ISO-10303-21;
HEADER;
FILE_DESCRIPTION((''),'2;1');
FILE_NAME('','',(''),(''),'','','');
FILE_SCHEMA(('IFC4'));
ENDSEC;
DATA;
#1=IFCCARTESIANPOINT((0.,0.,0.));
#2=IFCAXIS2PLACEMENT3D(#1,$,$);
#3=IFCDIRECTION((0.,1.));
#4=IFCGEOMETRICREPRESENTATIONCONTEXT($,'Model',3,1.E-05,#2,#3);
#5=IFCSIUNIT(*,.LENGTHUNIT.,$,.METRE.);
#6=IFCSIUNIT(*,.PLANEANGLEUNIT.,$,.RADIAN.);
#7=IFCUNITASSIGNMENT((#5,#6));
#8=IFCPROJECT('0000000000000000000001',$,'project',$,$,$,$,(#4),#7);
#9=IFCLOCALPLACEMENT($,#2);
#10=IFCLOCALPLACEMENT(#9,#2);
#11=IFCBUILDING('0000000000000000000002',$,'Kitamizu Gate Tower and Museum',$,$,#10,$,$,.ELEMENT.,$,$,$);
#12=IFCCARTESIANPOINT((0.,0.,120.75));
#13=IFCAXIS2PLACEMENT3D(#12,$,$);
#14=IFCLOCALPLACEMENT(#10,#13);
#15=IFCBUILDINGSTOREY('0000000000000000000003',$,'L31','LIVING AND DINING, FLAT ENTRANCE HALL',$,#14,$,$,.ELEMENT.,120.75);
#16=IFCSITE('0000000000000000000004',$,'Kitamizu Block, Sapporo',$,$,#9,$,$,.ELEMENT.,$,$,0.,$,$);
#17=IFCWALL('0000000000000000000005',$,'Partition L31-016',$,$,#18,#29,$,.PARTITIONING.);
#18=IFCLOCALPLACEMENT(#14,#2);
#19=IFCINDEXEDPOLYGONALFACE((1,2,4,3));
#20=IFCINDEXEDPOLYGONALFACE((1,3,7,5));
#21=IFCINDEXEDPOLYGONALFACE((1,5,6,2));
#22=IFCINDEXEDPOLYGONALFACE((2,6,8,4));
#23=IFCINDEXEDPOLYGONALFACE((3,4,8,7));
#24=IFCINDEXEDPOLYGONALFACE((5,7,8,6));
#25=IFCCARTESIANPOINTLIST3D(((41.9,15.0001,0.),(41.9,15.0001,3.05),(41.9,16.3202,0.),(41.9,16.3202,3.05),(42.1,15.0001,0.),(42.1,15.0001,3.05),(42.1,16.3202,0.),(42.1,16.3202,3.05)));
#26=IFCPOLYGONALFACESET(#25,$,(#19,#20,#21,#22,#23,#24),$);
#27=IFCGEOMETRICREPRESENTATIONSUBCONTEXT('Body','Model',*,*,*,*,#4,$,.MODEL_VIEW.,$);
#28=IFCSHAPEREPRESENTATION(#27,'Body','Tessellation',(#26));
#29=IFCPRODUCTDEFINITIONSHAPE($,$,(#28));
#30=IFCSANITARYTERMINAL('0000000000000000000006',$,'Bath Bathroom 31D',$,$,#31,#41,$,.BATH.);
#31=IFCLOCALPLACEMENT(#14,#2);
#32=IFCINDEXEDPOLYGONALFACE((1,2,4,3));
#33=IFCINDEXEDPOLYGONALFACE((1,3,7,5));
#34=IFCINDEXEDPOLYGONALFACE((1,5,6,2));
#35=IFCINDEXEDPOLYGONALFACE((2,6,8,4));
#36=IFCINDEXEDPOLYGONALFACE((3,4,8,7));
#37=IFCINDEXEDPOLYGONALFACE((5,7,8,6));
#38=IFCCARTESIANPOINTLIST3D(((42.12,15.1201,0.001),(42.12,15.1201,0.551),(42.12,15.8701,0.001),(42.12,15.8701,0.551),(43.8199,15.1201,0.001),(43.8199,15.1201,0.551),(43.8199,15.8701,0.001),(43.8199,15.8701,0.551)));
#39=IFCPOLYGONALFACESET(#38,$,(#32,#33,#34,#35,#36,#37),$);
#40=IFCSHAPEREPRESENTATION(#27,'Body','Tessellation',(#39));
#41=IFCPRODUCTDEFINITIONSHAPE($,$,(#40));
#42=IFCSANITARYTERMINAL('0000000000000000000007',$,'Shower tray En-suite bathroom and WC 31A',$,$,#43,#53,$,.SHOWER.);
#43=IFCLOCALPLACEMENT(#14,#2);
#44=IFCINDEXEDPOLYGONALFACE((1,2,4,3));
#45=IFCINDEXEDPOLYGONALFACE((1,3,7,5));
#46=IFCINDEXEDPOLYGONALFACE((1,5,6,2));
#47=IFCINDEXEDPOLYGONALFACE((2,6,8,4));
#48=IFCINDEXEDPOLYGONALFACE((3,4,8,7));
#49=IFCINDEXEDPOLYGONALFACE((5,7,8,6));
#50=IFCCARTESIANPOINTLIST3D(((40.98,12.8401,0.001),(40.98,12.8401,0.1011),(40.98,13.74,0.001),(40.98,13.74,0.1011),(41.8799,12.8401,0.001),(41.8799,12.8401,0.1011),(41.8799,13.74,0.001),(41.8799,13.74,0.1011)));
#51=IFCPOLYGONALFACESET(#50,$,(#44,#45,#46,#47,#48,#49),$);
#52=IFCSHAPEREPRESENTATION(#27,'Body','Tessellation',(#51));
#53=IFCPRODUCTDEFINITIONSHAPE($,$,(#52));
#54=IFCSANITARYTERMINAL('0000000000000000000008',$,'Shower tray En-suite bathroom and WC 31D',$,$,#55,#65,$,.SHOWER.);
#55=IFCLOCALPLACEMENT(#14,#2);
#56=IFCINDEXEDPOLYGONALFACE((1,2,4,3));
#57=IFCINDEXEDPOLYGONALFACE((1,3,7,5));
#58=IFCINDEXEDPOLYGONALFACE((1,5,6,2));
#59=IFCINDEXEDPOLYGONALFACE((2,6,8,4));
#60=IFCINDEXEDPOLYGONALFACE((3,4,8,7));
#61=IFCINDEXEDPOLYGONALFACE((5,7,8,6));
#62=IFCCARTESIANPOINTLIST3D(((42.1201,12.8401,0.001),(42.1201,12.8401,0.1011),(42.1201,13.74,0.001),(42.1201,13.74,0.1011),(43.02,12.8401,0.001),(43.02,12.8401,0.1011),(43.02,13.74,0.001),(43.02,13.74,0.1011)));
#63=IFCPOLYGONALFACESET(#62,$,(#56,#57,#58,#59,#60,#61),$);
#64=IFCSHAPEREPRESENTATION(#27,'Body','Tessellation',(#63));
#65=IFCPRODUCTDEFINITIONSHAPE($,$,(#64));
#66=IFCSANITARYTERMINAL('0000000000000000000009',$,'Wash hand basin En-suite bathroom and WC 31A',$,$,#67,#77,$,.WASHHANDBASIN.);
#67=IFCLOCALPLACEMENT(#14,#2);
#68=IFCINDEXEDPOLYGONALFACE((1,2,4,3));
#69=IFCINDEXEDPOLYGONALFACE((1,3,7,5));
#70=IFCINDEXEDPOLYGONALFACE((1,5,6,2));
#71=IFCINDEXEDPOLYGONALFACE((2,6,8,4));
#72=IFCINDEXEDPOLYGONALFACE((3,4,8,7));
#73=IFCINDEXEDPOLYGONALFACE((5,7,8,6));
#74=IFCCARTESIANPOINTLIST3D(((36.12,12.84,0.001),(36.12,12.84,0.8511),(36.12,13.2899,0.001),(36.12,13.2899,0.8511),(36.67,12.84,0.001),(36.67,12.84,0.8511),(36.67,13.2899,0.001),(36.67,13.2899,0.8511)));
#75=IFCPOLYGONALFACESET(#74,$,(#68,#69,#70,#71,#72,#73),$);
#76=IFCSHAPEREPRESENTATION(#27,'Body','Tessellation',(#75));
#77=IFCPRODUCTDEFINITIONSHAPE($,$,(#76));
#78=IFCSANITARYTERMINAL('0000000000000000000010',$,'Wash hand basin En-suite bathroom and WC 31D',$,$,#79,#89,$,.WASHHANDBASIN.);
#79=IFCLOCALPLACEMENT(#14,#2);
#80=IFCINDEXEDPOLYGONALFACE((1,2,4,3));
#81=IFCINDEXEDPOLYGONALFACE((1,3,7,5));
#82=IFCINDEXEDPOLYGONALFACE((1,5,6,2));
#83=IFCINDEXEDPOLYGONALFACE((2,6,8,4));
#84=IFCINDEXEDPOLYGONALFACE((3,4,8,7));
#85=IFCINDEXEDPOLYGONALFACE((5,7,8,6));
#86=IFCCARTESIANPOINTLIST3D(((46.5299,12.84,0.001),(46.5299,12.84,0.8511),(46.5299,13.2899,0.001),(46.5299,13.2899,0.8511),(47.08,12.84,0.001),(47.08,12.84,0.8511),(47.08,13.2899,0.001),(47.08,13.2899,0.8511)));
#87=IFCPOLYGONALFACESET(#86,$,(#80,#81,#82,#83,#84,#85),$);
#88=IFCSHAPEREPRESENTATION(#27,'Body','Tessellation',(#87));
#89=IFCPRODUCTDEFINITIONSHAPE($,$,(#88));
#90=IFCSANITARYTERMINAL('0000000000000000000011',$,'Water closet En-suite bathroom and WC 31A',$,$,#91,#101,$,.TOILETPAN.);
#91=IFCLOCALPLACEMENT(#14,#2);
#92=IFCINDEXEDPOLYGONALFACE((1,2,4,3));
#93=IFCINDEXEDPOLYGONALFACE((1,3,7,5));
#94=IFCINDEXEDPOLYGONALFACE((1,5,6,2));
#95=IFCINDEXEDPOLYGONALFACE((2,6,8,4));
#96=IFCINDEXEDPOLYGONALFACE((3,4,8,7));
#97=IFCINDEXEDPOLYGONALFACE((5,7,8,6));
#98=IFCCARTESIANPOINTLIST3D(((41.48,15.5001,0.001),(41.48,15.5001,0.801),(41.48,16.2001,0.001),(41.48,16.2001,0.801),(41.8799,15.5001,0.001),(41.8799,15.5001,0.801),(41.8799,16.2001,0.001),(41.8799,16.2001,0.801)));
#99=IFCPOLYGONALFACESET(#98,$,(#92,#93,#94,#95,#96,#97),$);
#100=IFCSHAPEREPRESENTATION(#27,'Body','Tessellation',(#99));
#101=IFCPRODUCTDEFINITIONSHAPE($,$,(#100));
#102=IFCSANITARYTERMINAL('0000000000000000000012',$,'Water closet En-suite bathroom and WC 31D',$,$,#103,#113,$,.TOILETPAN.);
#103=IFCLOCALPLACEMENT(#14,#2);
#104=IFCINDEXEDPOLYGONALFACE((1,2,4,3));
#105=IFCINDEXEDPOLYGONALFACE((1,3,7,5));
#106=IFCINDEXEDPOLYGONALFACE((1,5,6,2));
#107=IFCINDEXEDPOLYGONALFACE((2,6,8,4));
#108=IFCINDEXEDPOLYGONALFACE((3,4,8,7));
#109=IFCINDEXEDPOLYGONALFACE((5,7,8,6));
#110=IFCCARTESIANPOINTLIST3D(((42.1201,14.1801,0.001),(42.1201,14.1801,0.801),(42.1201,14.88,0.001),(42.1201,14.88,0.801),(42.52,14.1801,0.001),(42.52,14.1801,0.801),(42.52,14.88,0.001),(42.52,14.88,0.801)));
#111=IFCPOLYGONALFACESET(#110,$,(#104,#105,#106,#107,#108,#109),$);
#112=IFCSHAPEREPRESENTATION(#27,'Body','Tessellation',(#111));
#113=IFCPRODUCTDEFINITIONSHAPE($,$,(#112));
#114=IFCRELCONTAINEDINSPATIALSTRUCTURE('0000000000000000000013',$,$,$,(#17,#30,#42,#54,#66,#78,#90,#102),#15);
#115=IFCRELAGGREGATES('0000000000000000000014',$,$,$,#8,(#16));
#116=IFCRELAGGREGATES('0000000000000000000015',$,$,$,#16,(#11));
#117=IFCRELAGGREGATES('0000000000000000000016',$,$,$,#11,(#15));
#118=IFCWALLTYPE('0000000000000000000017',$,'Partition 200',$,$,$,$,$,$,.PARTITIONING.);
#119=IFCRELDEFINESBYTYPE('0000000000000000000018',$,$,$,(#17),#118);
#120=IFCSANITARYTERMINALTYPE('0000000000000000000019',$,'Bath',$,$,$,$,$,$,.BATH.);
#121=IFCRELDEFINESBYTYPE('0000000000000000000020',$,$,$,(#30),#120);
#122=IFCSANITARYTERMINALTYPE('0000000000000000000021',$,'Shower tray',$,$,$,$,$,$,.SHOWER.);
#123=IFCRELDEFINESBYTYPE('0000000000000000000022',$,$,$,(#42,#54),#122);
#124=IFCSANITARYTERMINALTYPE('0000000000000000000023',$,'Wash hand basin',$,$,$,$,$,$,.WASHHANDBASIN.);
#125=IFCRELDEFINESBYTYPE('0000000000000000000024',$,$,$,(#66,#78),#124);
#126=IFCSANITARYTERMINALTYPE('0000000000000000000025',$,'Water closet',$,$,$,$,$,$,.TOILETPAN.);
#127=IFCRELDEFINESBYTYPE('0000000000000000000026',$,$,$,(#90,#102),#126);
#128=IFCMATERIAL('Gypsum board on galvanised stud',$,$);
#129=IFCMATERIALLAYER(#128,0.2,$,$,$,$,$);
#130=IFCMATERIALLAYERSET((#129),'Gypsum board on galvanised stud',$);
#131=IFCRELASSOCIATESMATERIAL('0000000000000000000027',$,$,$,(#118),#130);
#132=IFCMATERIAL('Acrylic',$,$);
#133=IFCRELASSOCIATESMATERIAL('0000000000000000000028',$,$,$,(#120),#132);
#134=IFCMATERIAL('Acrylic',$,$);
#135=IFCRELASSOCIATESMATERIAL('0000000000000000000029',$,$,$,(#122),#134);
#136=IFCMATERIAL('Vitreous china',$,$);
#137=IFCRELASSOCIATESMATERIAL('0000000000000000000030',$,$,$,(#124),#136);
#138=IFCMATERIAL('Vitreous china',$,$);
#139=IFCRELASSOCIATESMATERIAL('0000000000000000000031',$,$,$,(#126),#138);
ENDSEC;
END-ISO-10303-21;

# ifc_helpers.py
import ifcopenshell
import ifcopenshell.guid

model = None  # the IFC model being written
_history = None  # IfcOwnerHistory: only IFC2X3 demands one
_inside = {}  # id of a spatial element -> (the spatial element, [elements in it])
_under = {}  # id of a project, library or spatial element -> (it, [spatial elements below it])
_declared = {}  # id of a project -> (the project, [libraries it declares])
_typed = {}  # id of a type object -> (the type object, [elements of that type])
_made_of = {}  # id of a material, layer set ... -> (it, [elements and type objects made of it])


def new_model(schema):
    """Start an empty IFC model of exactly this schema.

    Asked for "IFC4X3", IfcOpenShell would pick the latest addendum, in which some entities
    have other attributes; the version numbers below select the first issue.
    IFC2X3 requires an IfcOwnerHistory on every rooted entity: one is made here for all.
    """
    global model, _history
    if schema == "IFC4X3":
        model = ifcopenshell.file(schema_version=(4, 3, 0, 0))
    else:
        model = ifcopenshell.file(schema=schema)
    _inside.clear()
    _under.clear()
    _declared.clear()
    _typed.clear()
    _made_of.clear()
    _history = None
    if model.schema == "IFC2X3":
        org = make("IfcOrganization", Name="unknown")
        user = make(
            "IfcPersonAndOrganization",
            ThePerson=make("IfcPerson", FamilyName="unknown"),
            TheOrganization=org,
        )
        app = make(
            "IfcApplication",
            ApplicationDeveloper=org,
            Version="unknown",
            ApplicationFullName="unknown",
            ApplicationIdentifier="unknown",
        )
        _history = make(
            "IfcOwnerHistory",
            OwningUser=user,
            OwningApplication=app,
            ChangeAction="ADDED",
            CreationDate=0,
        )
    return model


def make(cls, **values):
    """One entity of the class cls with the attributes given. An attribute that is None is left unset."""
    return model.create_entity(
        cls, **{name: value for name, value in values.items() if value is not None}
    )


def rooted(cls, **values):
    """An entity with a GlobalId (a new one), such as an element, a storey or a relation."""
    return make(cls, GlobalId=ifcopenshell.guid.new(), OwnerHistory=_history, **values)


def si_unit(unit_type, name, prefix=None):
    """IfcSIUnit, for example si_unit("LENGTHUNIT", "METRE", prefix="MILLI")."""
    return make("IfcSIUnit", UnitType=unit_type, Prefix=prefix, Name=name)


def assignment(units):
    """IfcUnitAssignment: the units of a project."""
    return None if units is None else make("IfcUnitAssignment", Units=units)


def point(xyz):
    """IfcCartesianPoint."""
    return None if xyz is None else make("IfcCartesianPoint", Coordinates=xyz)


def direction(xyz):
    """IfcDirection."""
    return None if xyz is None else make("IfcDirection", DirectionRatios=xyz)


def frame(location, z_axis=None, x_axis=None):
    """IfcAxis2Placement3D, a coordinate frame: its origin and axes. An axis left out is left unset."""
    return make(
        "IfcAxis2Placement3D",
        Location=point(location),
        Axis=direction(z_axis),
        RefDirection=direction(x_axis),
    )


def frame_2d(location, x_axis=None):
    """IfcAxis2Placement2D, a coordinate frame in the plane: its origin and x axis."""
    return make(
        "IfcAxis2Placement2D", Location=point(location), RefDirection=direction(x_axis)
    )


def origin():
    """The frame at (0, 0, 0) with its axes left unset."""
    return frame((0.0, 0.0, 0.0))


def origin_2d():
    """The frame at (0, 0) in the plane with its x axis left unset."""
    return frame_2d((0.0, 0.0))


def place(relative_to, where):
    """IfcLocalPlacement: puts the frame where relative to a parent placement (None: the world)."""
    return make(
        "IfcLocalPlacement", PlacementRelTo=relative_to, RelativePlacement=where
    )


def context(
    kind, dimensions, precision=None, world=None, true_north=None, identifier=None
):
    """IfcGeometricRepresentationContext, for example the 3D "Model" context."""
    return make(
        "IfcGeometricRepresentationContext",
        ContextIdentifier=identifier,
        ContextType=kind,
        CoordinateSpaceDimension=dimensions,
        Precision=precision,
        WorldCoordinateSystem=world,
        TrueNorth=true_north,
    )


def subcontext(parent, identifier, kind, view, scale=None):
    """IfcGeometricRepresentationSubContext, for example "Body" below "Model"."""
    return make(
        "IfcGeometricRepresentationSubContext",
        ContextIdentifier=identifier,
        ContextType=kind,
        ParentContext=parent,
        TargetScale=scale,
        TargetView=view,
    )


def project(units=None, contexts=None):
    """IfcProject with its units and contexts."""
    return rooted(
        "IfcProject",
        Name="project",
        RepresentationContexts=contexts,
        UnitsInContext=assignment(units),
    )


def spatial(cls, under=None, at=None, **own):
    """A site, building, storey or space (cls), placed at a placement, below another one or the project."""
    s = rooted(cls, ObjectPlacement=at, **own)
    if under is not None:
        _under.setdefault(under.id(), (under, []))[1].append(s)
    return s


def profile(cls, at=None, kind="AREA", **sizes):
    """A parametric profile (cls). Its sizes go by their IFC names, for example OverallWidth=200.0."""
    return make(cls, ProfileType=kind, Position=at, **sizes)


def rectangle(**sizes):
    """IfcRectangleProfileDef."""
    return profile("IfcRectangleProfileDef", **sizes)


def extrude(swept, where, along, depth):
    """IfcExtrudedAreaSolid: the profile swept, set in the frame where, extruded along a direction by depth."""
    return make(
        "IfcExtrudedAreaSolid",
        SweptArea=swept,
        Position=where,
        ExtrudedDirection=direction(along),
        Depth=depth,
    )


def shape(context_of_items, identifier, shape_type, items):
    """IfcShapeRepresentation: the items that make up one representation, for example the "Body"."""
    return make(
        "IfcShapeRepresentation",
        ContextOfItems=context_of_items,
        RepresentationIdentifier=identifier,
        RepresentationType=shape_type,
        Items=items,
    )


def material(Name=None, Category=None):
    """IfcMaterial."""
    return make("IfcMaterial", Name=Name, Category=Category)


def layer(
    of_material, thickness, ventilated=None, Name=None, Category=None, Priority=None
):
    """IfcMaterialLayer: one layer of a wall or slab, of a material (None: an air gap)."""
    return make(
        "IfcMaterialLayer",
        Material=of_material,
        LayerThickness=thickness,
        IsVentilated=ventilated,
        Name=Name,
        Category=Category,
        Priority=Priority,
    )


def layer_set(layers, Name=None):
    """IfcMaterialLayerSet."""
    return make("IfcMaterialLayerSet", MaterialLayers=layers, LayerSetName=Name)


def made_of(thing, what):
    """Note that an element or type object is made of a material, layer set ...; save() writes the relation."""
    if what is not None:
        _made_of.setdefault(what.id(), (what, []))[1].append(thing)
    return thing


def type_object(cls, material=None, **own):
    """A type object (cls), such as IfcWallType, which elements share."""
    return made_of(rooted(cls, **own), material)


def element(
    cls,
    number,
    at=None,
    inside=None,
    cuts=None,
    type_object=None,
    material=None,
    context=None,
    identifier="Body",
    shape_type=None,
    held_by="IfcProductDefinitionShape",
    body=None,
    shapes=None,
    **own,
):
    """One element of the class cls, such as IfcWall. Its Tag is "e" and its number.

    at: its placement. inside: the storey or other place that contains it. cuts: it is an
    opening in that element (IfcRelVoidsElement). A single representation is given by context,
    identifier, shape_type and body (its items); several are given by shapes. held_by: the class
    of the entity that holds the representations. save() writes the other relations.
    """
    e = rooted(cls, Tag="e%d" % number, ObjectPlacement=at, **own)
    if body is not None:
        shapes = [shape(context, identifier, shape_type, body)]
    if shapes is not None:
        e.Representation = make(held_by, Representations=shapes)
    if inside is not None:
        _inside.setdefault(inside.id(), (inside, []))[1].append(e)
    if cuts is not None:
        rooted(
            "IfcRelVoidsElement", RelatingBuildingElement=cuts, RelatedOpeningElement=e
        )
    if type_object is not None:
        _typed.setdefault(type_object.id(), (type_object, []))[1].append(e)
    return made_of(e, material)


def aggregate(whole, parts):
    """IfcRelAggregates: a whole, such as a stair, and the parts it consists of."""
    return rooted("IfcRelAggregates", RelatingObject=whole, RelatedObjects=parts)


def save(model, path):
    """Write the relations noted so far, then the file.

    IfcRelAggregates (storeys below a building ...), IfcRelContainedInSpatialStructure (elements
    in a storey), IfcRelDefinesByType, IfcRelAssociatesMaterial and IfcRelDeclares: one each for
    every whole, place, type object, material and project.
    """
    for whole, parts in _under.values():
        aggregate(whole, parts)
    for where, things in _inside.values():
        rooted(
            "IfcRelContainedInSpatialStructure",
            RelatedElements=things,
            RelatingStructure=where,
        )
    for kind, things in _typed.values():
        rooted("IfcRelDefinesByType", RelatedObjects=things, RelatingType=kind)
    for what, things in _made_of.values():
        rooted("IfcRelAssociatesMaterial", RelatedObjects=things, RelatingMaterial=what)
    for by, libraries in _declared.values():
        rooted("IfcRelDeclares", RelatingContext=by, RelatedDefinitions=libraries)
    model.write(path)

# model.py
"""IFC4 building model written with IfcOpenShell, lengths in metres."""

from ifc_helpers import new_model, si_unit, direction, frame, frame_2d, origin, origin_2d, place, context, subcontext, project, spatial, rectangle, extrude, material, layer, layer_set, type_object, element, save


model = new_model("IFC4")

# Units and contexts
model_context = context("Model", 3, precision=1e-05, world=origin(), true_north=direction((0.0, 1.0)))
body_context = subcontext(model_context, "Body", "Model", "MODEL_VIEW")
ifc_project = project(units=[si_unit("LENGTHUNIT", "METRE"), si_unit("PLANEANGLEUNIT", "RADIAN")], contexts=[model_context])

# Site, building, storey
site_placement = place(None, origin())
site = spatial("IfcSite", under=ifc_project, at=site_placement, Name="Kitamizu Block, Sapporo", CompositionType="ELEMENT", RefElevation=0.0)
building_placement = place(site_placement, origin())
building = spatial("IfcBuilding", under=site, at=building_placement, Name="Kitamizu Gate Tower and Museum", CompositionType="ELEMENT")
storey_placement = place(building_placement, frame((0.0, 0.0, 120.75)))
storey = spatial("IfcBuildingStorey", under=building, at=storey_placement, Name="L31", Description="LIVING AND DINING, FLAT ENTRANCE HALL", CompositionType="ELEMENT", Elevation=120.75)

# Wall
ifc_material_1 = material(Name="Gypsum board on galvanised stud")
ifc_layer_1 = layer(ifc_material_1, 0.2)
ifc_layer_set_1 = layer_set([ifc_layer_1], Name="Gypsum board on galvanised stud")
wall_type_1 = type_object("IfcWallType", Name="Partition 200", PredefinedType="PARTITIONING", material=ifc_layer_set_1)
wall_1_placement = place(storey_placement, frame((42.0, 15.0, 0.0), z_axis=(0.0, 0.0, 1.0), x_axis=(0.0, 1.0, 0.0)))
element("IfcWall", 1, at=wall_1_placement, inside=storey, type_object=wall_type_1, Name="Partition L31-016", PredefinedType="PARTITIONING", context=body_context, shape_type="SweptSolid", body=[
    extrude(rectangle(XDim=1.3201, YDim=0.2, at=frame_2d((0.6602, 0.0))), origin(), (0.0, 0.0, 1.0), 3.05),
])

# Sanitary terminals
ifc_material_2 = material(Name="Acrylic")
sanitary_terminal_type_1 = type_object("IfcSanitaryTerminalType", Name="Bath", PredefinedType="BATH", material=ifc_material_2)
sanitary_terminal_placement = place(storey_placement, frame((42.97, 15.4951, 0.001), z_axis=(0.0, 0.0, 1.0), x_axis=(1.0, 0.0, 0.0)))
element("IfcSanitaryTerminal", 2, at=sanitary_terminal_placement, inside=storey, type_object=sanitary_terminal_type_1, Name="Bath Bathroom 31D", PredefinedType="BATH", context=body_context, shape_type="SweptSolid", body=[
    extrude(rectangle(XDim=1.7, YDim=0.75, at=origin_2d()), origin(), (0.0, 0.0, 1.0), 0.55),
])
ifc_material_3 = material(Name="Acrylic")
sanitary_terminal_type_2 = type_object("IfcSanitaryTerminalType", Name="Shower tray", PredefinedType="SHOWER", material=ifc_material_3)
for number, where, z_axis, x_axis, name in (
    (3, (41.4299, 13.29, 0.001), (0.0, 0.0, 1.0), (1.0, 0.0, 0.0), "Shower tray En-suite bathroom and WC 31A"),
    (4, (42.5701, 13.29, 0.001), (0.0, 0.0, 1.0), (1.0, 0.0, 0.0), "Shower tray En-suite bathroom and WC 31D"),
):
    element("IfcSanitaryTerminal", number, at=place(storey_placement, frame(where, z_axis=z_axis, x_axis=x_axis)), inside=storey, type_object=sanitary_terminal_type_2, Name=name, PredefinedType="SHOWER", context=body_context, shape_type="SweptSolid", body=[
        extrude(rectangle(XDim=0.8999, YDim=0.8999, at=origin_2d()), origin(), (0.0, 0.0, 1.0), 0.1001),
    ])
ifc_material_4 = material(Name="Vitreous china")
sanitary_terminal_type_3 = type_object("IfcSanitaryTerminalType", Name="Wash hand basin", PredefinedType="WASHHANDBASIN", material=ifc_material_4)
for number, where, z_axis, x_axis, name in (
    (5, (36.395, 13.0649, 0.001), (0.0, 0.0, 1.0), (1.0, 0.0, 0.0), "Wash hand basin En-suite bathroom and WC 31A"),
    (6, (46.8049, 13.0649, 0.001), (0.0, 0.0, 1.0), (1.0, 0.0, 0.0), "Wash hand basin En-suite bathroom and WC 31D"),
):
    element("IfcSanitaryTerminal", number, at=place(storey_placement, frame(where, z_axis=z_axis, x_axis=x_axis)), inside=storey, type_object=sanitary_terminal_type_3, Name=name, PredefinedType="WASHHANDBASIN", context=body_context, shape_type="SweptSolid", body=[
        extrude(rectangle(XDim=0.55, YDim=0.45, at=origin_2d()), origin(), (0.0, 0.0, 1.0), 0.8501),
    ])
ifc_material_5 = material(Name="Vitreous china")
sanitary_terminal_type_4 = type_object("IfcSanitaryTerminalType", Name="Water closet", PredefinedType="TOILETPAN", material=ifc_material_5)
for number, where, z_axis, x_axis, name in (
    (7, (41.6799, 15.8501, 0.001), (0.0, 0.0, 1.0), (1.0, 0.0, 0.0), "Water closet En-suite bathroom and WC 31A"),
    (8, (42.3201, 14.53, 0.001), (0.0, 0.0, 1.0), (1.0, 0.0, 0.0), "Water closet En-suite bathroom and WC 31D"),
):
    element("IfcSanitaryTerminal", number, at=place(storey_placement, frame(where, z_axis=z_axis, x_axis=x_axis)), inside=storey, type_object=sanitary_terminal_type_4, Name=name, PredefinedType="TOILETPAN", context=body_context, shape_type="SweptSolid", body=[
        extrude(rectangle(XDim=0.3999, YDim=0.7, at=origin_2d()), origin(), (0.0, 0.0, 1.0), 0.8),
    ])

save(model, "model.ifc")
